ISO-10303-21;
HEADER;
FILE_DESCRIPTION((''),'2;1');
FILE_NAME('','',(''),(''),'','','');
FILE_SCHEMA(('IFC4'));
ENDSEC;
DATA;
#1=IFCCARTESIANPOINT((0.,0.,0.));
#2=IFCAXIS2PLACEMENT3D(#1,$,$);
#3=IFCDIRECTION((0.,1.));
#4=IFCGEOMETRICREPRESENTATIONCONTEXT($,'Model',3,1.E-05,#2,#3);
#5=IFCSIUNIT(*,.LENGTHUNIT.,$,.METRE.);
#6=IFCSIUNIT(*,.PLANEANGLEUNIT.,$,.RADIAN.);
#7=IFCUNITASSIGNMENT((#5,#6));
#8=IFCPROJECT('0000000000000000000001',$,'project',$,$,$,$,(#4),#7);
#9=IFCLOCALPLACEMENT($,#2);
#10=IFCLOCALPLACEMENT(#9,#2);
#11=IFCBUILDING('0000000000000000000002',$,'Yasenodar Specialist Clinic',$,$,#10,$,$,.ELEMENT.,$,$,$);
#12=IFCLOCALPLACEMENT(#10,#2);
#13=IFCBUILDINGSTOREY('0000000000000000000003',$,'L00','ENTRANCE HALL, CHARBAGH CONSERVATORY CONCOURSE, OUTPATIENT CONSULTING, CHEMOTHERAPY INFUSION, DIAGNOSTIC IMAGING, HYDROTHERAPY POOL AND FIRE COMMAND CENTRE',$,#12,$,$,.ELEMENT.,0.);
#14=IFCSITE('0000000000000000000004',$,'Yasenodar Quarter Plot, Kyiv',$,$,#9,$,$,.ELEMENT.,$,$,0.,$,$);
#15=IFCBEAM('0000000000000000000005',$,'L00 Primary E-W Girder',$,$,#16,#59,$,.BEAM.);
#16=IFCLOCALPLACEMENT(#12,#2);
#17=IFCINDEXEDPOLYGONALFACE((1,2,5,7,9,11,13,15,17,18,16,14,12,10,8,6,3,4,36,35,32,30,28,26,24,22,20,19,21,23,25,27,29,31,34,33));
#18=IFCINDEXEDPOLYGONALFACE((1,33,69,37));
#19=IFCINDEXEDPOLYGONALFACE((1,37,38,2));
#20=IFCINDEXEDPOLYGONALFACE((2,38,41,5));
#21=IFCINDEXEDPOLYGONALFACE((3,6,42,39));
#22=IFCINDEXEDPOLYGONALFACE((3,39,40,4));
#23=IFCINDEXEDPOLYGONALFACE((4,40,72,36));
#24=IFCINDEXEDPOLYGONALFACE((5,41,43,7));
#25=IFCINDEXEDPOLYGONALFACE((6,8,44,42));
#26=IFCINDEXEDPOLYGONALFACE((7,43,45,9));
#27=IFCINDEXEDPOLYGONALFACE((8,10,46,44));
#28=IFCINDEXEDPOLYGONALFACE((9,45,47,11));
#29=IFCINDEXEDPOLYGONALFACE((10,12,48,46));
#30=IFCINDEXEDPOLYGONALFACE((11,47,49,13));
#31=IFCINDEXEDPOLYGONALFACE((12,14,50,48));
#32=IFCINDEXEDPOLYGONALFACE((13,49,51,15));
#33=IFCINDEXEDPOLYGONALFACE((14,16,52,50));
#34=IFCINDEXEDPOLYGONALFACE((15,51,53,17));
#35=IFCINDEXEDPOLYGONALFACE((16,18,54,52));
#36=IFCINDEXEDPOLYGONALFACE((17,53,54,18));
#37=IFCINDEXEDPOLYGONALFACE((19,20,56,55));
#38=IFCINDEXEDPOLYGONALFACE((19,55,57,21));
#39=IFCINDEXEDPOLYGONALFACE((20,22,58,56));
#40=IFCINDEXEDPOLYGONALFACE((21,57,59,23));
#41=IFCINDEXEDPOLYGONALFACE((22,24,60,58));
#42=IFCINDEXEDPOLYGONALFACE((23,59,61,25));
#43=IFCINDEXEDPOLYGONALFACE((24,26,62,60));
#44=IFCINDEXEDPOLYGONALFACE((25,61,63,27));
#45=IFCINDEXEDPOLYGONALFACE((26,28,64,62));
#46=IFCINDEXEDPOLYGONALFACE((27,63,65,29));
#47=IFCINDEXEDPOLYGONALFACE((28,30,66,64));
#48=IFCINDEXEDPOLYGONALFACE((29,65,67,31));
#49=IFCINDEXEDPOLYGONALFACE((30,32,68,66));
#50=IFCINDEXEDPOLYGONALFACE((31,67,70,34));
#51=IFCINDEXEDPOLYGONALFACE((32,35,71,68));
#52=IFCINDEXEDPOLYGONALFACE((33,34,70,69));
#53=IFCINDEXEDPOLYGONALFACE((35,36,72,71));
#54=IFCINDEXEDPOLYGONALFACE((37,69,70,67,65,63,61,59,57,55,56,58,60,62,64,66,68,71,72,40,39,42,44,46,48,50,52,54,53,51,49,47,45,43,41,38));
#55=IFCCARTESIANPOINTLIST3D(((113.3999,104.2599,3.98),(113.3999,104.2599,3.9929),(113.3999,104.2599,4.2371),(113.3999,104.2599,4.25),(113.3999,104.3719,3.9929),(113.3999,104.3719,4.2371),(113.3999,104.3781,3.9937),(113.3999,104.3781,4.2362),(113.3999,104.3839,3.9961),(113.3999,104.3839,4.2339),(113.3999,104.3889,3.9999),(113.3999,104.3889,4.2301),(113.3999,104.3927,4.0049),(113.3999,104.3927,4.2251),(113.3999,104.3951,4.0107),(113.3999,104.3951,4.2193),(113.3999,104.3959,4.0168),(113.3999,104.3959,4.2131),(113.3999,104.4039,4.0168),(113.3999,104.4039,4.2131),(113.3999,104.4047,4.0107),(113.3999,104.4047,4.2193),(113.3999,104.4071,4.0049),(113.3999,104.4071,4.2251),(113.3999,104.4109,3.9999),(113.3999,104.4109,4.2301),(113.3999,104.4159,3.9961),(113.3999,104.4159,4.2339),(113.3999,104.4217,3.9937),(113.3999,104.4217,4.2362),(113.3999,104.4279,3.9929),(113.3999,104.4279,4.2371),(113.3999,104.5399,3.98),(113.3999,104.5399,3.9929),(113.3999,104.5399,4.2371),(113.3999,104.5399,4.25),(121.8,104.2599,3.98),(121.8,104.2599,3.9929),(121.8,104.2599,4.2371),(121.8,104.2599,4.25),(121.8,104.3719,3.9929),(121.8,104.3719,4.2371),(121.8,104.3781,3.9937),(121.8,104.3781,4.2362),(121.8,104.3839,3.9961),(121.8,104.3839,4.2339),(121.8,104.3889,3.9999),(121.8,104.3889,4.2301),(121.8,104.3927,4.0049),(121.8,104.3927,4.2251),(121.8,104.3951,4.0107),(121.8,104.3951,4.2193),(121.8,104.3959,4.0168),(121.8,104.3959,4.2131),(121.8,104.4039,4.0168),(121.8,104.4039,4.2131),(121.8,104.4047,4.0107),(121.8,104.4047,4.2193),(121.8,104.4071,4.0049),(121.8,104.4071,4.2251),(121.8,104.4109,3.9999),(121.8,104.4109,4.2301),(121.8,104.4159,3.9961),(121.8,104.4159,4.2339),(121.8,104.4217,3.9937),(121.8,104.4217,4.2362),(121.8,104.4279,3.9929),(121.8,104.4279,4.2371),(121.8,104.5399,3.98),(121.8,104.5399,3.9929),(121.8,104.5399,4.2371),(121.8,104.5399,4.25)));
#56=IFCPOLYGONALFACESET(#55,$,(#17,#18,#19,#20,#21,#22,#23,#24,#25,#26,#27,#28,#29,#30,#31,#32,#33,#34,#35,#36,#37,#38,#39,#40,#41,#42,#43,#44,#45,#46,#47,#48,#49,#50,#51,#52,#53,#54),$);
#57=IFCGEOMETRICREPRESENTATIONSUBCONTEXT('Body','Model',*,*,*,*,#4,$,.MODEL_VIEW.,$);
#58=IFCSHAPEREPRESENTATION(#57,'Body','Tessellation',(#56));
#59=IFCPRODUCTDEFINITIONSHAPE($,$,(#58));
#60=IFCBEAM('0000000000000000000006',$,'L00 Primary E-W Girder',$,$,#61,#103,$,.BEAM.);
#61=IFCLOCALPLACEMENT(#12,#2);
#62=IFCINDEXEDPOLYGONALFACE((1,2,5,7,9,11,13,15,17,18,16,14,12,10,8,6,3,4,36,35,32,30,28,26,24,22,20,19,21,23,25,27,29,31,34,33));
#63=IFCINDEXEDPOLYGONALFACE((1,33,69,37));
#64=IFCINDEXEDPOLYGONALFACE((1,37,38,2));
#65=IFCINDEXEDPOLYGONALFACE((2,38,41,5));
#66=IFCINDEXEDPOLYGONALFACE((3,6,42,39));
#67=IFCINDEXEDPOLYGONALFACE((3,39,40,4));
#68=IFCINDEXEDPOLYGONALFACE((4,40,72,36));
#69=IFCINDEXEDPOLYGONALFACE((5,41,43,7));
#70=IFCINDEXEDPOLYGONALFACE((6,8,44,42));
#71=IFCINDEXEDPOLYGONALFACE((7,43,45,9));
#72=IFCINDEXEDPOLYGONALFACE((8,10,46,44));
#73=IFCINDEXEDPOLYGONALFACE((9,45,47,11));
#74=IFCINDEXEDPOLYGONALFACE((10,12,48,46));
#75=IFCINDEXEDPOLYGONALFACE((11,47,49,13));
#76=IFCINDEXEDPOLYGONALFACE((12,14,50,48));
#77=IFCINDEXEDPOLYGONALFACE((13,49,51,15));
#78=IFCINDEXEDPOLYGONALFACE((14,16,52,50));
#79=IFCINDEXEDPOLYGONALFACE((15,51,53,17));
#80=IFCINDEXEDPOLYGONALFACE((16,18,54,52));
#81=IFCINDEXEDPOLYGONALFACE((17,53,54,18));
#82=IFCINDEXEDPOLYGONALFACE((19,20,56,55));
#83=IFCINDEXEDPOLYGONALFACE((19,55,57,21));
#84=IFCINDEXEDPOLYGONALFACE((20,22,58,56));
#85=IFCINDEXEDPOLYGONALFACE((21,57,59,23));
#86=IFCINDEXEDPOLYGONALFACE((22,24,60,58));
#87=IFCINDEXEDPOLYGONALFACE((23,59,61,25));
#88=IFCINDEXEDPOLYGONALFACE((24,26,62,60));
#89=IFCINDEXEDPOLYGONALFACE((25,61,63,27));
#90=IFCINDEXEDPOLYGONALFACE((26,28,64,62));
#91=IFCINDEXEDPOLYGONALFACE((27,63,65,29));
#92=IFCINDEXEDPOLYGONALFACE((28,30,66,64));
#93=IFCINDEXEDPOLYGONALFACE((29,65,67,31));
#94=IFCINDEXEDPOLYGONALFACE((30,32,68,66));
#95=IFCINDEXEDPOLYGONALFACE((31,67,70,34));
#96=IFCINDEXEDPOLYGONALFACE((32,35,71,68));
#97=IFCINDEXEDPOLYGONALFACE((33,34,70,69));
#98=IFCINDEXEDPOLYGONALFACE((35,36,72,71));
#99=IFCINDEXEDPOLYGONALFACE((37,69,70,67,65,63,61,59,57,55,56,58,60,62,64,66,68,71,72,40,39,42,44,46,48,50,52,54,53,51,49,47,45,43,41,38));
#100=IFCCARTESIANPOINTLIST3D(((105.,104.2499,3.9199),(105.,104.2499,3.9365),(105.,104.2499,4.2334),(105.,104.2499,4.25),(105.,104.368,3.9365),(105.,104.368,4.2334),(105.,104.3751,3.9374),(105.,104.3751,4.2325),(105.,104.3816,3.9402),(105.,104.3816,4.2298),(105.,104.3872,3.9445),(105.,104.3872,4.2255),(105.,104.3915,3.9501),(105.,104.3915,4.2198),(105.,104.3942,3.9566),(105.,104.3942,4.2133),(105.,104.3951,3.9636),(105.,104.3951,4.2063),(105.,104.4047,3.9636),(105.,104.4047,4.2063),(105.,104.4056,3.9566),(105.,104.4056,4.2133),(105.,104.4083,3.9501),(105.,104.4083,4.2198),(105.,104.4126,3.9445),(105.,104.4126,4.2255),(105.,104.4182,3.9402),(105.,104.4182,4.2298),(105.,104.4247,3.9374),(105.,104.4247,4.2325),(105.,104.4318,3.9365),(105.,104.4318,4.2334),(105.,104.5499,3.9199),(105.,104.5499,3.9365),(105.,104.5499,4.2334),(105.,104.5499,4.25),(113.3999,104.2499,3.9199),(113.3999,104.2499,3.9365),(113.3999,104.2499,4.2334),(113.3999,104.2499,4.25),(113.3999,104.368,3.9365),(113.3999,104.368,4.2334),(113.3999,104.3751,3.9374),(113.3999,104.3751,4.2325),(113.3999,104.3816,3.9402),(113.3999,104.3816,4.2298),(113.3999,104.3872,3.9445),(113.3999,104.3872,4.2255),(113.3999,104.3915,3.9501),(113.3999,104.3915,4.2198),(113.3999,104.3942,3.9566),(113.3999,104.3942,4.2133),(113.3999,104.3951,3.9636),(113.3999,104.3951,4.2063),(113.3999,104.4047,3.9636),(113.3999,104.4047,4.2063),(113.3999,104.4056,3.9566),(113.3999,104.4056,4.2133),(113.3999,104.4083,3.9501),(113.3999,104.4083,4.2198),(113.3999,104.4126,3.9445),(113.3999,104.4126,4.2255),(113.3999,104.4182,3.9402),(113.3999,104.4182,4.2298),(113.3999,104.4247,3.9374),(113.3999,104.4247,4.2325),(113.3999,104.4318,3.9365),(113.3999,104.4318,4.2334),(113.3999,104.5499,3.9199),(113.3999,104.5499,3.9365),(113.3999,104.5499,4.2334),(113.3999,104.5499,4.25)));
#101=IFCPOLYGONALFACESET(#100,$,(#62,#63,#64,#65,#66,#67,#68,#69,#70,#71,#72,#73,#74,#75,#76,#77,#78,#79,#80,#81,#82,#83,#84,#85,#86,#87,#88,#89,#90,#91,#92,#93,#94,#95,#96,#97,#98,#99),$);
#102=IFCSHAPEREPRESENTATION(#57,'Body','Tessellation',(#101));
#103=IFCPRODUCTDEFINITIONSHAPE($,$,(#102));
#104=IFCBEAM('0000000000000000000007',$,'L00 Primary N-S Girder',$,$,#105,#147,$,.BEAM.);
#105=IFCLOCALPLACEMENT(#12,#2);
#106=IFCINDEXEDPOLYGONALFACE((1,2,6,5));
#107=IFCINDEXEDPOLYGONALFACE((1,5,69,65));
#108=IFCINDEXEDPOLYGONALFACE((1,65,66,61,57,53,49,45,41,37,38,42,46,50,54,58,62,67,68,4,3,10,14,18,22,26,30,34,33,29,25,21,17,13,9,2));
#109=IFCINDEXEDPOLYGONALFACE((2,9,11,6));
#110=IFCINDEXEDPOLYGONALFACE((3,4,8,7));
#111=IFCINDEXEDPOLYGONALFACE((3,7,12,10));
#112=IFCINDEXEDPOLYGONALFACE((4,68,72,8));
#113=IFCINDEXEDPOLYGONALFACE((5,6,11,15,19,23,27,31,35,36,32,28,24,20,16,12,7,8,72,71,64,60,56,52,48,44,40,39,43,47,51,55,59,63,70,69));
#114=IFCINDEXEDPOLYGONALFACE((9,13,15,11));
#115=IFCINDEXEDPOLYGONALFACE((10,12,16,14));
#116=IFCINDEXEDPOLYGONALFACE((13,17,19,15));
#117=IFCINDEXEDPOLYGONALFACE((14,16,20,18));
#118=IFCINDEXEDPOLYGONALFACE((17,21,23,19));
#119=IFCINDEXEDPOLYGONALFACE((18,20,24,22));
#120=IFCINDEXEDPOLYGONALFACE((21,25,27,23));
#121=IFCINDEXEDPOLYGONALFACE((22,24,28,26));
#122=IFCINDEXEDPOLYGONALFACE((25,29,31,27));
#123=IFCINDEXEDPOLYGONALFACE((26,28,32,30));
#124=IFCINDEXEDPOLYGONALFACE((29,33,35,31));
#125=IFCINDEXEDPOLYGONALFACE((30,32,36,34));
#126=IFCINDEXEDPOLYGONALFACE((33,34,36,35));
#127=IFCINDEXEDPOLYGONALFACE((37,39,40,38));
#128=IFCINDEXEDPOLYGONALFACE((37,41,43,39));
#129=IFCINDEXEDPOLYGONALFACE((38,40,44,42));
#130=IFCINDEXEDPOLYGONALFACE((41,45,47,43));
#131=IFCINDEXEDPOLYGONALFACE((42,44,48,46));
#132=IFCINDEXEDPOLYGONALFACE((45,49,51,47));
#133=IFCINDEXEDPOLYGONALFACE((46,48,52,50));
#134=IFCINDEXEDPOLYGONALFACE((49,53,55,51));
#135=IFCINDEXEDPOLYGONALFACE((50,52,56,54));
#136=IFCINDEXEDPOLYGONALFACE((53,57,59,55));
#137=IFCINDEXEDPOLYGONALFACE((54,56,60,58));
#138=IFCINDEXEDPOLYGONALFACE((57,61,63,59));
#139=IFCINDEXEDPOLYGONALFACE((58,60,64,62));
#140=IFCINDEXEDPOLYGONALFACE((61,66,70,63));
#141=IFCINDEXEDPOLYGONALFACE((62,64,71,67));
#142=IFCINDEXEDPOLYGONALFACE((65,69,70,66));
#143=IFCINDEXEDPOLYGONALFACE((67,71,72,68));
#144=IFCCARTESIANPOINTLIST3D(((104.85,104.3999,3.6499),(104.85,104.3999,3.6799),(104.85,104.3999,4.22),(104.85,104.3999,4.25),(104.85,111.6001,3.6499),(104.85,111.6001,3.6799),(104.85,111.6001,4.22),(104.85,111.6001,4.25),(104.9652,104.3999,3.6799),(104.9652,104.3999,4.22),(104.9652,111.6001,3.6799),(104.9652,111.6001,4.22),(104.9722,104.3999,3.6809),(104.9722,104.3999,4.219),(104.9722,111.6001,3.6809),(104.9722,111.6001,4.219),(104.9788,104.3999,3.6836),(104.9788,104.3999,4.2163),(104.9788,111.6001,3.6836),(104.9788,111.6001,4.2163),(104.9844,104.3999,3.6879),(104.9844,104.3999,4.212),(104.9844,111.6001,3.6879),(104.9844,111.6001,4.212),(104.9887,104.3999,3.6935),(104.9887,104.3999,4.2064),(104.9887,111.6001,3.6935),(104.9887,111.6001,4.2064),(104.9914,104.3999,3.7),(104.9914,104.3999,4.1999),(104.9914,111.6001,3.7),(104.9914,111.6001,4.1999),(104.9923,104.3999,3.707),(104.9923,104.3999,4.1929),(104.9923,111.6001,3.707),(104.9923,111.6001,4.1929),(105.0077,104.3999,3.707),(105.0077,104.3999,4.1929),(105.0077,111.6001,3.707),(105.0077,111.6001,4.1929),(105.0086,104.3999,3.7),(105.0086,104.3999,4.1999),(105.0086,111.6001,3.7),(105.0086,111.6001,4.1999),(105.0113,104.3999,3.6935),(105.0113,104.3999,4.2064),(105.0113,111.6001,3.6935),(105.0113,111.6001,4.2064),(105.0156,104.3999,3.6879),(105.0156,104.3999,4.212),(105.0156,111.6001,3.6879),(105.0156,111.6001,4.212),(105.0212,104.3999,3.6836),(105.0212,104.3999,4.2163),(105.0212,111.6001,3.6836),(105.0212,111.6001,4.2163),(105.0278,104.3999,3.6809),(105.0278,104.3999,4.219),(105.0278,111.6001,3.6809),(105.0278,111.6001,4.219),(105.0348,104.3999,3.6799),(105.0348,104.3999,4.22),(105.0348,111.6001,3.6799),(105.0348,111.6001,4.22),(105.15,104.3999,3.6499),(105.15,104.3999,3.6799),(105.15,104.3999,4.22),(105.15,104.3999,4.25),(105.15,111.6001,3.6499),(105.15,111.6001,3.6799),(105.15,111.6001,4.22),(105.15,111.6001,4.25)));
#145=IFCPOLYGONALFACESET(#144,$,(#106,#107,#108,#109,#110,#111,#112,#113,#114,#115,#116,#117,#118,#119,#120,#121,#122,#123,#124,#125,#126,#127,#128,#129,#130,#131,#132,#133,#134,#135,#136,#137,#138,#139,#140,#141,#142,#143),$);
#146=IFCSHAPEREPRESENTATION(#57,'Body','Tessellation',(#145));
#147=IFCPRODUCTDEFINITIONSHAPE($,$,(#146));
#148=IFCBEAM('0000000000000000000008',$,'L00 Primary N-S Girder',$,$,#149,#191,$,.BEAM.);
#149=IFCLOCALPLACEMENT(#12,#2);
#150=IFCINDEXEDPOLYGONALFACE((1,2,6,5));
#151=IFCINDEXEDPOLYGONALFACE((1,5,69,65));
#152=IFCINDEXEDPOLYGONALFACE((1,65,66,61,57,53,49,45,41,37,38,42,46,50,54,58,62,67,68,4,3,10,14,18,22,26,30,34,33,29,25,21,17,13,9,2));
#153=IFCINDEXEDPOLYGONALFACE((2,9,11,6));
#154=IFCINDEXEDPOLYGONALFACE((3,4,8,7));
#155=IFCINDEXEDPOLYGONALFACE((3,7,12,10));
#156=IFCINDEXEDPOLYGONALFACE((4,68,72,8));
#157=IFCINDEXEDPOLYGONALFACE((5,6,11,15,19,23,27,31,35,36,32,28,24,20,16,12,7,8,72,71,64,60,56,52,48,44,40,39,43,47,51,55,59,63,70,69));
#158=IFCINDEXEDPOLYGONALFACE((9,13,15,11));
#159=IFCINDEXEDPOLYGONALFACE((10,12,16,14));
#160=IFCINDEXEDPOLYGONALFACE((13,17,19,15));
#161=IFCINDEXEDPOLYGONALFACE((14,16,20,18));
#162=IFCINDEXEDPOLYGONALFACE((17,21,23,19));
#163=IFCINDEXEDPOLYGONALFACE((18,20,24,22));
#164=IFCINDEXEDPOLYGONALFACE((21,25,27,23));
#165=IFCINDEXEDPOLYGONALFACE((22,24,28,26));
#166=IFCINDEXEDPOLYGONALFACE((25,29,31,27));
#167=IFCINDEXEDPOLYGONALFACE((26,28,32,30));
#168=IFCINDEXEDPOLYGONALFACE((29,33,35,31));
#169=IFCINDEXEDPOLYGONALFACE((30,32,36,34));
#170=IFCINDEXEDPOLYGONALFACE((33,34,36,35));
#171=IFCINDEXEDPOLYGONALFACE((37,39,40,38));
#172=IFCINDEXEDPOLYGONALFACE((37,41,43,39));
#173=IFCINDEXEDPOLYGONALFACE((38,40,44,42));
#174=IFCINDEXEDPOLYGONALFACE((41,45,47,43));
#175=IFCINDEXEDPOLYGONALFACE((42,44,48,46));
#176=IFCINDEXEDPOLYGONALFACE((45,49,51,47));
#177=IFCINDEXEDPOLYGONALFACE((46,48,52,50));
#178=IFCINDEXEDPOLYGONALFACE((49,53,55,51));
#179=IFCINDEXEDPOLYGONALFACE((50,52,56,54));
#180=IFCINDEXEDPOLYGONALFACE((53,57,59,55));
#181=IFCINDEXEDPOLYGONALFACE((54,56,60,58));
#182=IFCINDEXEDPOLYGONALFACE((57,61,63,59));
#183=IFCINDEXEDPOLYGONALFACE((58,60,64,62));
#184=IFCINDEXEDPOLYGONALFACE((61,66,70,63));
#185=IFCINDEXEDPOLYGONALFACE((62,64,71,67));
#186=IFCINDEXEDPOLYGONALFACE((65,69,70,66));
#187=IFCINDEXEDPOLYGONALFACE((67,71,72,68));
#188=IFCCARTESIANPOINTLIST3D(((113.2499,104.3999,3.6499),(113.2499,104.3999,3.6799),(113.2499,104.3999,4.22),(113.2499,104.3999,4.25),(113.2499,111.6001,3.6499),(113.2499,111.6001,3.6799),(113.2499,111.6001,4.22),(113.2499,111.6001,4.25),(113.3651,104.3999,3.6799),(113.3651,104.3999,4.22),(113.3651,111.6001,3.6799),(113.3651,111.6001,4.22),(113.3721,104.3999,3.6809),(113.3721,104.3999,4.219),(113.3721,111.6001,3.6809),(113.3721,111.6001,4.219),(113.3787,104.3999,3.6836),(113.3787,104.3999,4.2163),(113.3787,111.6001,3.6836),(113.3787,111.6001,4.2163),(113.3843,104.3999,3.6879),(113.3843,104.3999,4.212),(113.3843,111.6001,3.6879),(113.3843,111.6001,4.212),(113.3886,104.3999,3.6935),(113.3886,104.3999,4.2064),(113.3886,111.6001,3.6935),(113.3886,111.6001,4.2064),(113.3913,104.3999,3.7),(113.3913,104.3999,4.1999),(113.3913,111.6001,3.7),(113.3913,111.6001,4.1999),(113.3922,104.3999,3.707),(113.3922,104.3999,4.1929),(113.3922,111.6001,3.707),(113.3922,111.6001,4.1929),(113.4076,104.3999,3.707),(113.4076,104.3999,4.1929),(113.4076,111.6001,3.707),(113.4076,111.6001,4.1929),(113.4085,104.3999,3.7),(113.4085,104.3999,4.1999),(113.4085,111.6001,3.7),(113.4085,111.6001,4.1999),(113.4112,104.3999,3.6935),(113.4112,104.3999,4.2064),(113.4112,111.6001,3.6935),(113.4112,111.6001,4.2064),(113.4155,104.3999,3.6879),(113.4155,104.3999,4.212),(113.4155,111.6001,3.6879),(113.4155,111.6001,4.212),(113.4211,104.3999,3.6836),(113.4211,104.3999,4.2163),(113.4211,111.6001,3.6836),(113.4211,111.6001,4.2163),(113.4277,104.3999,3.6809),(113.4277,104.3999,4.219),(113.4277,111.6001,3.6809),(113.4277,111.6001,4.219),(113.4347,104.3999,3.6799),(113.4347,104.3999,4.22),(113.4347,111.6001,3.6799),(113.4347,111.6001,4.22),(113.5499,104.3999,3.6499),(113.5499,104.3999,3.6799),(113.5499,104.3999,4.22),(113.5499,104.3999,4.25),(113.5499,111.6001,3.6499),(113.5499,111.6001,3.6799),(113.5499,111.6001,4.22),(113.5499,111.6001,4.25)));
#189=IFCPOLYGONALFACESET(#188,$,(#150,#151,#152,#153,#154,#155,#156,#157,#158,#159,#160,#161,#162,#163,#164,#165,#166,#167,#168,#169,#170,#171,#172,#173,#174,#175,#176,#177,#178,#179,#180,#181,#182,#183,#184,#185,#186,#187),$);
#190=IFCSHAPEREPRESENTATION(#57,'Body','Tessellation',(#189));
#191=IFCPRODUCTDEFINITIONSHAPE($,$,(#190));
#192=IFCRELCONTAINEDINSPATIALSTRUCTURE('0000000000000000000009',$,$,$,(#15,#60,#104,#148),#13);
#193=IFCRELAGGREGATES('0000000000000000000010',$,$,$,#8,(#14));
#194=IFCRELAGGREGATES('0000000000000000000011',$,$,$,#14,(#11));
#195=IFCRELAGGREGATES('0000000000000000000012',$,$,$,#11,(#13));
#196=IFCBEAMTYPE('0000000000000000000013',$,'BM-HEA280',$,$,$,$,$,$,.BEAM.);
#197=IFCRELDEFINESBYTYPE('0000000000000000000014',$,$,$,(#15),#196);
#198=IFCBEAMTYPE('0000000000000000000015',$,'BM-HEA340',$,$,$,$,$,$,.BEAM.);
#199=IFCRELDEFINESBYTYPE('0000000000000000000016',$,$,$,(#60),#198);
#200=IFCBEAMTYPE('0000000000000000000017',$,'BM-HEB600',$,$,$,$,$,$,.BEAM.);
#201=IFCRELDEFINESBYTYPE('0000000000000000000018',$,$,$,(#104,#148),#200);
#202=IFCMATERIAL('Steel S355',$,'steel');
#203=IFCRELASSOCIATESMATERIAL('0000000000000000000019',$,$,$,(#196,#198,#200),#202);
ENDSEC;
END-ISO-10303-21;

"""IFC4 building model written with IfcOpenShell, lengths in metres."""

from ifc_helpers import new_model, si_unit, direction, frame, origin, origin_2d, place, context, subcontext, project, spatial, i_section, extrude, material, material_profile, profile_set, type_object, element, save


model = new_model("IFC4")

# Units and contexts
model_context = context("Model", 3, precision=1e-05, world=origin(), true_north=direction((0.0, 1.0)))
body_context = subcontext(model_context, "Body", "Model", "MODEL_VIEW")
ifc_project = project(units=[si_unit("LENGTHUNIT", "METRE"), si_unit("PLANEANGLEUNIT", "RADIAN")], contexts=[model_context])

# Site, building, storey
site_placement = place(None, origin())
site = spatial("IfcSite", under=ifc_project, at=site_placement, Name="Yasenodar Quarter Plot, Kyiv", CompositionType="ELEMENT", RefElevation=0.0)
building_placement = place(site_placement, origin())
building = spatial("IfcBuilding", under=site, at=building_placement, Name="Yasenodar Specialist Clinic", CompositionType="ELEMENT")
storey_placement = place(building_placement, origin())
storey = spatial("IfcBuildingStorey", under=building, at=storey_placement, Name="L00", Description="ENTRANCE HALL, CHARBAGH CONSERVATORY CONCOURSE, OUTPATIENT CONSULTING, CHEMOTHERAPY INFUSION, DIAGNOSTIC IMAGING, HYDROTHERAPY POOL AND FIRE COMMAND CENTRE", CompositionType="ELEMENT", Elevation=0.0)

# Shared definitions
ifc_material_1 = material(Name="Steel S355", Category="steel")

# Beams
ifc_material_profile_1 = material_profile(ifc_material_1, i_section(OverallWidth=0.28, OverallDepth=0.27, WebThickness=0.0081, FlangeThickness=0.0129, FilletRadius=0.0239, at=origin_2d()), Name="HEA 280")
ifc_profile_set_1 = profile_set([ifc_material_profile_1], Name="Steel S355")
beam_type_1 = type_object("IfcBeamType", Name="BM-HEA280", PredefinedType="BEAM", material=ifc_profile_set_1)
beam_1_placement = place(storey_placement, frame((113.3999, 104.3999, 4.115), z_axis=(1.0, 0.0, 0.0), x_axis=(0.0, 1.0, 0.0)))
element("IfcBeam", 1, at=beam_1_placement, inside=storey, type_object=beam_type_1, Name="L00 Primary E-W Girder", PredefinedType="BEAM", context=body_context, shape_type="SweptSolid", body=[
    extrude(i_section(OverallWidth=0.28, OverallDepth=0.27, WebThickness=0.0081, FlangeThickness=0.0129, FilletRadius=0.0239, at=origin_2d()), origin(), (0.0, 0.0, 1.0), 8.4001),
])
ifc_material_profile_2 = material_profile(ifc_material_1, i_section(OverallWidth=0.3, OverallDepth=0.3301, WebThickness=0.0095, FlangeThickness=0.0166, FilletRadius=0.0271, at=origin_2d()), Name="HEA 340")
ifc_profile_set_2 = profile_set([ifc_material_profile_2], Name="Steel S355")
beam_type_2 = type_object("IfcBeamType", Name="BM-HEA340", PredefinedType="BEAM", material=ifc_profile_set_2)
beam_2_placement = place(storey_placement, frame((105.0, 104.3999, 4.085), z_axis=(1.0, 0.0, 0.0), x_axis=(0.0, 1.0, 0.0)))
element("IfcBeam", 2, at=beam_2_placement, inside=storey, type_object=beam_type_2, Name="L00 Primary E-W Girder", PredefinedType="BEAM", context=body_context, shape_type="SweptSolid", body=[
    extrude(i_section(OverallWidth=0.3, OverallDepth=0.3301, WebThickness=0.0095, FlangeThickness=0.0166, FilletRadius=0.0271, at=origin_2d()), origin(), (0.0, 0.0, 1.0), 8.3999),
])
ifc_material_profile_3 = material_profile(ifc_material_1, i_section(OverallWidth=0.3, OverallDepth=0.6001, WebThickness=0.0154, FlangeThickness=0.03, FilletRadius=0.0271, at=origin_2d()), Name="HEB 600")
ifc_profile_set_3 = profile_set([ifc_material_profile_3], Name="Steel S355")
beam_type_3 = type_object("IfcBeamType", Name="BM-HEB600", PredefinedType="BEAM", material=ifc_profile_set_3)
for number, where, z_axis, x_axis, name in (
    (3, (105.0, 104.3999, 3.95), (0.0, 1.0, 0.0), (-1.0, 0.0, 0.0), "L00 Primary N-S Girder"),
    (4, (113.3999, 104.3999, 3.95), (0.0, 1.0, 0.0), (-1.0, 0.0, 0.0), "L00 Primary N-S Girder"),
):
    element("IfcBeam", number, at=place(storey_placement, frame(where, z_axis=z_axis, x_axis=x_axis)), inside=storey, type_object=beam_type_3, Name=name, PredefinedType="BEAM", context=body_context, shape_type="SweptSolid", body=[
        extrude(i_section(OverallWidth=0.3, OverallDepth=0.6001, WebThickness=0.0154, FlangeThickness=0.03, FilletRadius=0.0271, at=origin_2d()), origin(), (0.0, 0.0, 1.0), 7.2002),
    ])

save(model, "model.ifc")
